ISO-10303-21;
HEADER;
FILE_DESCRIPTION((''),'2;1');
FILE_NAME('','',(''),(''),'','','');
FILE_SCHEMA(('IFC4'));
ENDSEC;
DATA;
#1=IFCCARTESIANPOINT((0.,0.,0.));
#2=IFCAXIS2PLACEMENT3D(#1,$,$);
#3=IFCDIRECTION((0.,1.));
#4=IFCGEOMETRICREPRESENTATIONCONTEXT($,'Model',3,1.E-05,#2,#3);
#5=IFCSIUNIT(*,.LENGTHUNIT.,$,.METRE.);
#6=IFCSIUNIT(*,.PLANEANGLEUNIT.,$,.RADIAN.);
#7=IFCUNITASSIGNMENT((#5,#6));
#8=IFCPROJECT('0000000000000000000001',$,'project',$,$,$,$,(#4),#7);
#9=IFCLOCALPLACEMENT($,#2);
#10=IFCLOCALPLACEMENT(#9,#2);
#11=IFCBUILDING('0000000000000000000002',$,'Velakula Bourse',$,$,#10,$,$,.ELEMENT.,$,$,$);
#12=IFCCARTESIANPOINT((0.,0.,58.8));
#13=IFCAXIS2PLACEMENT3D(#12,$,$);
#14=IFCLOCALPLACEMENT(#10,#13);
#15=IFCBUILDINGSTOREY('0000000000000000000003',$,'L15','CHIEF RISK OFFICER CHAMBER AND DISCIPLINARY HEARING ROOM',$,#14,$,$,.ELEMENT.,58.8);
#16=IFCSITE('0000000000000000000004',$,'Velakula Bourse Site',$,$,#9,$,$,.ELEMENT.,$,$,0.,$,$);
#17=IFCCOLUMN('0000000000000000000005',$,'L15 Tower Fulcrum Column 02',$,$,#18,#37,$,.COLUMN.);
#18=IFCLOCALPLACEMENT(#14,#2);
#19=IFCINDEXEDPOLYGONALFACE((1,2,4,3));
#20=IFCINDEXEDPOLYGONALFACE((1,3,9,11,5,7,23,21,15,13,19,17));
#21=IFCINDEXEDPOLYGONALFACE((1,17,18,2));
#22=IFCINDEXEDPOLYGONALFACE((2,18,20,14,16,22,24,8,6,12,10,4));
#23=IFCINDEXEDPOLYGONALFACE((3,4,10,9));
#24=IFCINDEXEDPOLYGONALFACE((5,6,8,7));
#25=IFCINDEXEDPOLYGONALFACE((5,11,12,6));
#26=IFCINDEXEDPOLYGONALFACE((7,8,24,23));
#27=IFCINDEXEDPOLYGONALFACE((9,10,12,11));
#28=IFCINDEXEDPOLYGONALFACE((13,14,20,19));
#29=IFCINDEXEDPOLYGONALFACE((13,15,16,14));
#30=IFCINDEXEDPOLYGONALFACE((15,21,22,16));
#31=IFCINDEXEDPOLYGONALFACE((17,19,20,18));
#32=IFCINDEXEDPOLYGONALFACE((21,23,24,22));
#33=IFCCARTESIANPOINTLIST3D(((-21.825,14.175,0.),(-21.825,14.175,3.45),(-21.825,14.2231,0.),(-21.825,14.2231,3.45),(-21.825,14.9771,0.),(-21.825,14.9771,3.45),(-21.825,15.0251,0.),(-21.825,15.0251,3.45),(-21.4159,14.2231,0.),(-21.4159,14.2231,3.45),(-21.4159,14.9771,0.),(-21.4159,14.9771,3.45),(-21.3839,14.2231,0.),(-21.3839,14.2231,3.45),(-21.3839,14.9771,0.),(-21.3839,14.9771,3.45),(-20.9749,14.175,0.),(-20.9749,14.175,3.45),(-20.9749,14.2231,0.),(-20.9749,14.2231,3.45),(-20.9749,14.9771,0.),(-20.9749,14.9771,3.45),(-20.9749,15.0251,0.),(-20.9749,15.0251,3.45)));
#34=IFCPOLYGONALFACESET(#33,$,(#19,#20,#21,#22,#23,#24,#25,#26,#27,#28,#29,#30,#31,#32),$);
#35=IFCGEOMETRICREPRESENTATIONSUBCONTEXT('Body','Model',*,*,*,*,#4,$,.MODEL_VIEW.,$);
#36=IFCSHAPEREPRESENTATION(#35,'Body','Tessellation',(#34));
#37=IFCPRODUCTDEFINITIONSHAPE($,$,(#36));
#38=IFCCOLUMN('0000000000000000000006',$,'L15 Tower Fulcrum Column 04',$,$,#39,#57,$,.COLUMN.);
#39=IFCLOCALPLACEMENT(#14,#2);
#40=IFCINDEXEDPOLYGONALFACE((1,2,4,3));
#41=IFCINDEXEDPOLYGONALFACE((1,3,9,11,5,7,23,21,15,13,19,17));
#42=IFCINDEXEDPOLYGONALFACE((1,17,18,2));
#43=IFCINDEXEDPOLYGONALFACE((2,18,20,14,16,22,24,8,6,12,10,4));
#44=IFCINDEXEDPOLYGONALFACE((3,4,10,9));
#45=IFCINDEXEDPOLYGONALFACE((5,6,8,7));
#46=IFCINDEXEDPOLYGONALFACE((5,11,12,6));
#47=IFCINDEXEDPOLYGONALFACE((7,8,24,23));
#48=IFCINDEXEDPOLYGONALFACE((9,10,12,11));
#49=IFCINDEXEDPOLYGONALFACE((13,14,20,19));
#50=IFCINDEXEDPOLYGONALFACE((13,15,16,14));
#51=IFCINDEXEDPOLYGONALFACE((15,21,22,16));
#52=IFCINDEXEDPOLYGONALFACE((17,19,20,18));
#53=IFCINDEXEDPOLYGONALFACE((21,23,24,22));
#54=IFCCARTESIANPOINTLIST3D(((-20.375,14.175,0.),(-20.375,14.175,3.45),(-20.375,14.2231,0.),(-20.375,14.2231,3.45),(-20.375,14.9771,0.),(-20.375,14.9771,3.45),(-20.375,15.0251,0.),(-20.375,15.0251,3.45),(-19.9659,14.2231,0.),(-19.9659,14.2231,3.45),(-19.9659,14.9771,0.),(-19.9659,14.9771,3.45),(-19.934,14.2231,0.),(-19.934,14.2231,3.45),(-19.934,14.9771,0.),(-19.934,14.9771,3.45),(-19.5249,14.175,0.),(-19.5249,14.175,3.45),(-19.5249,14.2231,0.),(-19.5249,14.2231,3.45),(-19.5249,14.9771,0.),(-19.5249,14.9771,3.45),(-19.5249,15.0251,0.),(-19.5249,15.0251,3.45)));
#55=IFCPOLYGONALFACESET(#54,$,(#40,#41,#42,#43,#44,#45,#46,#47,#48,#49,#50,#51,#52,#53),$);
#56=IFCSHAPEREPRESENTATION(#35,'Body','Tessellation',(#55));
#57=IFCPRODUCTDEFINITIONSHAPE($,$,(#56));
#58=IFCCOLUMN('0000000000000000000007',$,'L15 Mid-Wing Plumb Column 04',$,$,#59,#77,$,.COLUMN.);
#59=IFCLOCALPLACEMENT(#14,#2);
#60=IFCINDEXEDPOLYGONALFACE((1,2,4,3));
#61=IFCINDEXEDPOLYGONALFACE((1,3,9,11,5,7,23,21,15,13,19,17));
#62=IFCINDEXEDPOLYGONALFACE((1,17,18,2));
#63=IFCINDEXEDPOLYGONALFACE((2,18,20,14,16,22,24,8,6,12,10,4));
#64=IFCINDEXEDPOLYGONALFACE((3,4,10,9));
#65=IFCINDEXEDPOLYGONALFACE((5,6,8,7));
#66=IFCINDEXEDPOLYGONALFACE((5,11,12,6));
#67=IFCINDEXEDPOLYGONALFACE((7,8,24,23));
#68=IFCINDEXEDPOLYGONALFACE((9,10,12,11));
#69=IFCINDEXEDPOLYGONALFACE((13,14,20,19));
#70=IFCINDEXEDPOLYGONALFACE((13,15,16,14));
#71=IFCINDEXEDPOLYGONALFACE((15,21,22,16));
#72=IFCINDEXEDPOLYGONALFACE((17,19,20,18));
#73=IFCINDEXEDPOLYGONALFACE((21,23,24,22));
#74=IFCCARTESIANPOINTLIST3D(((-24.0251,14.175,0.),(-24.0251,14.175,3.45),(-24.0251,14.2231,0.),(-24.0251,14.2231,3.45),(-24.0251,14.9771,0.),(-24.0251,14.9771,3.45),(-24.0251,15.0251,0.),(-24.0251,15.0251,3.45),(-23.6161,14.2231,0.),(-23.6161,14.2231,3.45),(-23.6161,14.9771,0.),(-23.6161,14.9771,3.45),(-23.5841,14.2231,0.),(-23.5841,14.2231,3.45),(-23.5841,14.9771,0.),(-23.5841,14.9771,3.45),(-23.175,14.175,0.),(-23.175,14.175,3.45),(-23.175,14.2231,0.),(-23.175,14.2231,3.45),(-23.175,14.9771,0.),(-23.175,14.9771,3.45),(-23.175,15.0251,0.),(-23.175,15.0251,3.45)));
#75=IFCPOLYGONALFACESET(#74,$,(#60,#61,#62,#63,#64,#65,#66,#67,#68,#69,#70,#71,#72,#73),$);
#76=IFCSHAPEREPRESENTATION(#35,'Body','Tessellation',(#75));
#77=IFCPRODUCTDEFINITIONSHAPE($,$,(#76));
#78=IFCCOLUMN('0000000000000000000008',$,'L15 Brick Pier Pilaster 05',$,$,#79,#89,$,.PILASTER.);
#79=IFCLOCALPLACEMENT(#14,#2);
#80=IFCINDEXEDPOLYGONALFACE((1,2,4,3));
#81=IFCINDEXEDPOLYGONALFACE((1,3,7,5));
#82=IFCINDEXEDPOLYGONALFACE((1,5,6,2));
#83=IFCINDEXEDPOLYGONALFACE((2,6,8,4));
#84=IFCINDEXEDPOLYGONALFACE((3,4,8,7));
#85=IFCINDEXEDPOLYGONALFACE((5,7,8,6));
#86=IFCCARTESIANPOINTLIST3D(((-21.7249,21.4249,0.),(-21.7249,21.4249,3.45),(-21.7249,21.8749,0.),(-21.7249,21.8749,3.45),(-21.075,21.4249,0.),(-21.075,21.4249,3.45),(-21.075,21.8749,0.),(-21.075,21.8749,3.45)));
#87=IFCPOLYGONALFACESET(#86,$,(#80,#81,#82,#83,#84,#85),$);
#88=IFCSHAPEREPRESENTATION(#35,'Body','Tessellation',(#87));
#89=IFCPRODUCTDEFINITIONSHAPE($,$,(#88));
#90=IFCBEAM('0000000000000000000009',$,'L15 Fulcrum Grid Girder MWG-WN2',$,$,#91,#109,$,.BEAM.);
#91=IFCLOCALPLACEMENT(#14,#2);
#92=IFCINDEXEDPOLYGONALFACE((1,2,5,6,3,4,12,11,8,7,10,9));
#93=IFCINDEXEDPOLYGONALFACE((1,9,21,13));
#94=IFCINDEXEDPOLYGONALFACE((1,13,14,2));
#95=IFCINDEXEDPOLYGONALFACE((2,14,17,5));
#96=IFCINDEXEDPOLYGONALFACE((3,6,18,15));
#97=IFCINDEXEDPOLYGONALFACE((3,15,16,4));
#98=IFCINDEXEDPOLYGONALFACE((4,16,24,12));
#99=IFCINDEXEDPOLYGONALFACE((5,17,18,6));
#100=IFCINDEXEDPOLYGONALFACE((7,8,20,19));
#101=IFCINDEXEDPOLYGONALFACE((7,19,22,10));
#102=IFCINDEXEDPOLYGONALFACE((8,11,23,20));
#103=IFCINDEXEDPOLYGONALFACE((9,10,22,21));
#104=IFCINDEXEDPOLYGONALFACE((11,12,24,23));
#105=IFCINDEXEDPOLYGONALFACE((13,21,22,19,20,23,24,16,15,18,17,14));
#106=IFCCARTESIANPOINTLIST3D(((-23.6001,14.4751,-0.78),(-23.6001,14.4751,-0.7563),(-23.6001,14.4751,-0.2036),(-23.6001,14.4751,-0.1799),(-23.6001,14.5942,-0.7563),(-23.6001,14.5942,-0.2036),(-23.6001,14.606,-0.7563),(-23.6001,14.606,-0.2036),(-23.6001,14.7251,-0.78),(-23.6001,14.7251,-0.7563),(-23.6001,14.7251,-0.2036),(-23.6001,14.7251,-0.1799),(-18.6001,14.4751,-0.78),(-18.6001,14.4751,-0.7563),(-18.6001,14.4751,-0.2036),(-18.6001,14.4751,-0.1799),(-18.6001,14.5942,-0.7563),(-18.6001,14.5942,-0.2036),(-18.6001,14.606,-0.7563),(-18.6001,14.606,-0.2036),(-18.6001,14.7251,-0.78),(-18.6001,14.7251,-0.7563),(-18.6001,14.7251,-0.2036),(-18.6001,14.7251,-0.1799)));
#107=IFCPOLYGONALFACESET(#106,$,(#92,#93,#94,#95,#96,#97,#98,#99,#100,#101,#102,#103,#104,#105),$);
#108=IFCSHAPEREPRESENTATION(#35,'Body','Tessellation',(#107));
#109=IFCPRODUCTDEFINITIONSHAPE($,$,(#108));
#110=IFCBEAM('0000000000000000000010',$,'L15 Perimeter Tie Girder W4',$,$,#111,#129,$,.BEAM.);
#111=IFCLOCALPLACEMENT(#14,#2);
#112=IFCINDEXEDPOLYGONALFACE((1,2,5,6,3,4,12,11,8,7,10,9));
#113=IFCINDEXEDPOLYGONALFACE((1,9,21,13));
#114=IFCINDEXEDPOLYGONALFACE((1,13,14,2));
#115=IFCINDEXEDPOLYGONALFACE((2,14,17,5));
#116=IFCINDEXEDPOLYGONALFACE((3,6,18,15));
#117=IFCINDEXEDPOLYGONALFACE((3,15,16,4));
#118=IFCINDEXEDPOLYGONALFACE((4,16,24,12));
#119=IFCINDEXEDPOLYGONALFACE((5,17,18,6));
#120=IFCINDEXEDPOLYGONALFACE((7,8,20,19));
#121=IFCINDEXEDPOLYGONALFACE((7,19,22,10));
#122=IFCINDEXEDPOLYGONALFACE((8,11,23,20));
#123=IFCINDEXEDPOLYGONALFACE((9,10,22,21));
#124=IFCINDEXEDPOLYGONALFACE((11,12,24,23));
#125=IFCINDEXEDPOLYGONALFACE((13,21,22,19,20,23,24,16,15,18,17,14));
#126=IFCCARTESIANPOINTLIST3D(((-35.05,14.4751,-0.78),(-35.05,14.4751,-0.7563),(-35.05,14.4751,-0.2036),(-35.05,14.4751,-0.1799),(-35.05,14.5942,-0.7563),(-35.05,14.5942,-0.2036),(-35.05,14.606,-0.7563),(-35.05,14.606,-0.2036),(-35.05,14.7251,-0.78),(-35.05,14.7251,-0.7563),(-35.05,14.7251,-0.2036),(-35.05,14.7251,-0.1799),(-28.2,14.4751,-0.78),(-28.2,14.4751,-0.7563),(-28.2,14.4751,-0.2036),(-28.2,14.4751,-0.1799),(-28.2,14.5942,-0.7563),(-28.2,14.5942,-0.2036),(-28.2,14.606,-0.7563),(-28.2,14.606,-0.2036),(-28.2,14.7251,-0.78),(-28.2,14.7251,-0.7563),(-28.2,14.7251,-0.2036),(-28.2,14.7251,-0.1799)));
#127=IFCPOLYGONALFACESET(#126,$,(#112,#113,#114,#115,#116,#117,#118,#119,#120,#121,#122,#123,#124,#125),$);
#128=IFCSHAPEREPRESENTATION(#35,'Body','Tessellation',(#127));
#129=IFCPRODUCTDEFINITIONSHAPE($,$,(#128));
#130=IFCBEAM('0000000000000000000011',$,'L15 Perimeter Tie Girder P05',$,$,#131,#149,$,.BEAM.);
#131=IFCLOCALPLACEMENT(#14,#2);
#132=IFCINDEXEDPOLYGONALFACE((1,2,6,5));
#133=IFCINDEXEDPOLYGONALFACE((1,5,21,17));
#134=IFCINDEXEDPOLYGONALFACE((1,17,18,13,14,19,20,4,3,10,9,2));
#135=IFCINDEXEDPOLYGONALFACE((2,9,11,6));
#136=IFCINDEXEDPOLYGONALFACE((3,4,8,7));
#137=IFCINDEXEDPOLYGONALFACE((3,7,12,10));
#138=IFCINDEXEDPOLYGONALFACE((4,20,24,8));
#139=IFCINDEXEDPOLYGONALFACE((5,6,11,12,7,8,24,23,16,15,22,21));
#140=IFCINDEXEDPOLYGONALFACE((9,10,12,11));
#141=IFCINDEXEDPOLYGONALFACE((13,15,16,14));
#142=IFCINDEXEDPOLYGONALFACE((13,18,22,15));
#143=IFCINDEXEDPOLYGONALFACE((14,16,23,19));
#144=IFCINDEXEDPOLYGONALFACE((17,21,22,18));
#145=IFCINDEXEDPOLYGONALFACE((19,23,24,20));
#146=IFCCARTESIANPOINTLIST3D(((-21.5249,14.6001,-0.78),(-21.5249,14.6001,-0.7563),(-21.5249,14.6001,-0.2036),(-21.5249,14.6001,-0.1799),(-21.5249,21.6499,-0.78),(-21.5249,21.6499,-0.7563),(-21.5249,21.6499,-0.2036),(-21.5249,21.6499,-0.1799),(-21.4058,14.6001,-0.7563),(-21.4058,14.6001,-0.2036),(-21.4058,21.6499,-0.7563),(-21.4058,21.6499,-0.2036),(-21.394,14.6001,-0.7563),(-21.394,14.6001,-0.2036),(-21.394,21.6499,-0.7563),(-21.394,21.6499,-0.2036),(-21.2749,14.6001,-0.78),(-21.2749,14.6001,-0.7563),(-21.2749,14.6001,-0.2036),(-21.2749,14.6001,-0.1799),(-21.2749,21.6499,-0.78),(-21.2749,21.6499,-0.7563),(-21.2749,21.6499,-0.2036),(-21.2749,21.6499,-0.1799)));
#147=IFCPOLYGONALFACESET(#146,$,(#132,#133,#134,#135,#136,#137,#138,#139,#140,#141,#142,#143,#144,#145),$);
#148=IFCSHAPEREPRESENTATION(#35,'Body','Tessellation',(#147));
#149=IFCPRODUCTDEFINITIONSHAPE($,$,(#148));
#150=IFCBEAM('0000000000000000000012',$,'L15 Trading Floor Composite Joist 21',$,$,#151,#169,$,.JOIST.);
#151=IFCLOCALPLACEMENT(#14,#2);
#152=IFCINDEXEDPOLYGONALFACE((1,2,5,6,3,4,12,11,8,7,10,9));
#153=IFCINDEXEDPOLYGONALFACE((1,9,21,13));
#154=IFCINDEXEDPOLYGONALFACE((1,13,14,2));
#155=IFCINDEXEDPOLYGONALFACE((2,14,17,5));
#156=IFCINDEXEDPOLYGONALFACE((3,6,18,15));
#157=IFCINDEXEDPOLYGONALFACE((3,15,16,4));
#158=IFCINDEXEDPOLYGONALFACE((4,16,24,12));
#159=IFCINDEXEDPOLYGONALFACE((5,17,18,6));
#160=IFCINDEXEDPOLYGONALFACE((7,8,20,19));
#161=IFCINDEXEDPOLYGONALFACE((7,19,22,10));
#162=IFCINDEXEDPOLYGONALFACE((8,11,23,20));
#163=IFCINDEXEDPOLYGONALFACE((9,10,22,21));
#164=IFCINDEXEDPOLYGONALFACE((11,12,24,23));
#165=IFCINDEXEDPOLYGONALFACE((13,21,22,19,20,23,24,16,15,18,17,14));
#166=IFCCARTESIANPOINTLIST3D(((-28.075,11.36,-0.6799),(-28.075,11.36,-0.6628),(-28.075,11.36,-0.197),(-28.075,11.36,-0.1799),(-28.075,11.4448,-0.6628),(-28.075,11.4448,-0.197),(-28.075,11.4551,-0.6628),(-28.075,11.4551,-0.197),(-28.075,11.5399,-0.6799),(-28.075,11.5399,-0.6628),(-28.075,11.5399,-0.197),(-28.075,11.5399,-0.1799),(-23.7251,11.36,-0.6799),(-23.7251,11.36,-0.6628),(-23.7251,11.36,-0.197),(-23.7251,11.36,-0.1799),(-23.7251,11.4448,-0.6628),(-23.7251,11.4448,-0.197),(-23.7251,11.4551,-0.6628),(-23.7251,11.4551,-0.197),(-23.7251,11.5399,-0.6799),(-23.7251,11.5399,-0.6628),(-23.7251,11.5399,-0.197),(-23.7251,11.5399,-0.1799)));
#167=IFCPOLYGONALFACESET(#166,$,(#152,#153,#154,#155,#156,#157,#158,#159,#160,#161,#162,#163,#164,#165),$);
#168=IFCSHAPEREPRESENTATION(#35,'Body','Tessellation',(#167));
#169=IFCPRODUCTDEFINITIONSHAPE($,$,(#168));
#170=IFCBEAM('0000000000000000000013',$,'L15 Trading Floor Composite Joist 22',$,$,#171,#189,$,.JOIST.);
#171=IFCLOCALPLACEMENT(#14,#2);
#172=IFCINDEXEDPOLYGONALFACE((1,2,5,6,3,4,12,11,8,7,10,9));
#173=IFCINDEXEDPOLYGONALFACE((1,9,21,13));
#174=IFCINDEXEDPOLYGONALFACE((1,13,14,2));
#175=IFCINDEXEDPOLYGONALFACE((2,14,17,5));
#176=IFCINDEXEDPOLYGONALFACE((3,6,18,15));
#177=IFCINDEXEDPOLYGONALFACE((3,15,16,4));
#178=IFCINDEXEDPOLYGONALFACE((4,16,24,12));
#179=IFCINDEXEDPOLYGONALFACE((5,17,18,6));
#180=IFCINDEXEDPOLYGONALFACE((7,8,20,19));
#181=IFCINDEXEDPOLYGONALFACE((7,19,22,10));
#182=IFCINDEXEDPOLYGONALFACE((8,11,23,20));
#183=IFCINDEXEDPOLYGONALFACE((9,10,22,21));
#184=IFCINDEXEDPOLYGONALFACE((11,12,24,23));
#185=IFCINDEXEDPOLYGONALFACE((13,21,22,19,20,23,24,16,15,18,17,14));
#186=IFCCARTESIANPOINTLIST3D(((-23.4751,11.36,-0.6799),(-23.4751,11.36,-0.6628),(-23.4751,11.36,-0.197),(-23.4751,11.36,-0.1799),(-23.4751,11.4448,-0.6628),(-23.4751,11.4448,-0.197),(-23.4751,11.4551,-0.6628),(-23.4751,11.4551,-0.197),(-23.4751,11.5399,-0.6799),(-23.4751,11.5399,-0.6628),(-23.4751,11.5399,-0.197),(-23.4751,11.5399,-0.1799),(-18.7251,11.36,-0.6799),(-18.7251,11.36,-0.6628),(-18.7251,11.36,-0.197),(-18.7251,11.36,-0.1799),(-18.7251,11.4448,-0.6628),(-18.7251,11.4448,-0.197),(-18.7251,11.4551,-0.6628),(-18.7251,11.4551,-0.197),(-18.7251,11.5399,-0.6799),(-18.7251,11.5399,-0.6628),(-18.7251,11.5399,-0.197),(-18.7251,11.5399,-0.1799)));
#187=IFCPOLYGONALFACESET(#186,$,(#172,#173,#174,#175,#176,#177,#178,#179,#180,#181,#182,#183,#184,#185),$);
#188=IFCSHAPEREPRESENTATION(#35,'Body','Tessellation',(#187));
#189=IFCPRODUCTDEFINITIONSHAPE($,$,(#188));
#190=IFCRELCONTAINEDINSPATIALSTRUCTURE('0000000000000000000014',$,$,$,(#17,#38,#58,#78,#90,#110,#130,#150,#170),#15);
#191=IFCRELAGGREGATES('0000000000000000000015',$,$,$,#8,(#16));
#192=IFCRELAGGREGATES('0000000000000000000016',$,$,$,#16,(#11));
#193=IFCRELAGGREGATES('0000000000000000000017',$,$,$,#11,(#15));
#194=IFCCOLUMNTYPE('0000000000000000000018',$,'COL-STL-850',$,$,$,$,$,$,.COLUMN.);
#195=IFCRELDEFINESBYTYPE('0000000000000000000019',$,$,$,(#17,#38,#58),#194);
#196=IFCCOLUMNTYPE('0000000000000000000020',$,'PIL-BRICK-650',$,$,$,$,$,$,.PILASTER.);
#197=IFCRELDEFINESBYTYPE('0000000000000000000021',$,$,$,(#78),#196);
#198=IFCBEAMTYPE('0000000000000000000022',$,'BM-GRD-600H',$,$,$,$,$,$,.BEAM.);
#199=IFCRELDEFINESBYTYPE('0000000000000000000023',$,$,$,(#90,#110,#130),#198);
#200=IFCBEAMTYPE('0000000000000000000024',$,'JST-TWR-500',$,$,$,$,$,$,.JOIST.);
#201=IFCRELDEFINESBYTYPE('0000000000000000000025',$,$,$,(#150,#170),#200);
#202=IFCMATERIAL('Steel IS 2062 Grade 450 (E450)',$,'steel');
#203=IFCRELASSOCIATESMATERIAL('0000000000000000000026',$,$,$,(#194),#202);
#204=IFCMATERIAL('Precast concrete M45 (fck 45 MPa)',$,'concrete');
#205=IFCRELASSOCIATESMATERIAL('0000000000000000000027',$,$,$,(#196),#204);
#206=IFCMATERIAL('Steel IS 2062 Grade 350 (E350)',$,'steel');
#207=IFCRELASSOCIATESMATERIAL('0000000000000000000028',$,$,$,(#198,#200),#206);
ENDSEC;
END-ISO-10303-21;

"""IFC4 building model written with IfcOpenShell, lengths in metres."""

from ifc_helpers import new_model, si_unit, direction, frame, origin, origin_2d, place, context, subcontext, project, spatial, rectangle, i_section, extrude, material, material_profile, profile_set, type_object, element, save


model = new_model("IFC4")

# Units and contexts
model_context = context("Model", 3, precision=1e-05, world=origin(), true_north=direction((0.0, 1.0)))
body_context = subcontext(model_context, "Body", "Model", "MODEL_VIEW")
ifc_project = project(units=[si_unit("LENGTHUNIT", "METRE"), si_unit("PLANEANGLEUNIT", "RADIAN")], contexts=[model_context])

# Site, building, storey
site_placement = place(None, origin())
site = spatial("IfcSite", under=ifc_project, at=site_placement, Name="Velakula Bourse Site", CompositionType="ELEMENT", RefElevation=0.0)
building_placement = place(site_placement, origin())
building = spatial("IfcBuilding", under=site, at=building_placement, Name="Velakula Bourse", CompositionType="ELEMENT")
storey_placement = place(building_placement, frame((0.0, 0.0, 58.8)))
storey = spatial("IfcBuildingStorey", under=building, at=storey_placement, Name="L15", Description="CHIEF RISK OFFICER CHAMBER AND DISCIPLINARY HEARING ROOM", CompositionType="ELEMENT", Elevation=58.8)

# Columns
ifc_material_1 = material(Name="Steel IS 2062 Grade 450 (E450)", Category="steel")
ifc_material_profile_1 = material_profile(ifc_material_1, i_section(OverallWidth=0.8501, OverallDepth=0.8501, WebThickness=0.032, FlangeThickness=0.0481, at=origin_2d()), Name="Steel IS 2062 Grade 450 (E450)")
ifc_profile_set_1 = profile_set([ifc_material_profile_1], Name="Steel IS 2062 Grade 450 (E450)")
column_type_1 = type_object("IfcColumnType", Name="COL-STL-850", PredefinedType="COLUMN", material=ifc_profile_set_1)
for number, where, z_axis, x_axis, name in (
    (1, (-21.3999, 14.6001, 0.0), (0.0, 0.0, 1.0), (1.0, 0.0, 0.0), "L15 Tower Fulcrum Column 02"),
    (2, (-19.95, 14.6001, 0.0), (0.0, 0.0, 1.0), (1.0, 0.0, 0.0), "L15 Tower Fulcrum Column 04"),
    (3, (-23.6001, 14.6001, 0.0), (0.0, 0.0, 1.0), (1.0, 0.0, 0.0), "L15 Mid-Wing Plumb Column 04"),
):
    element("IfcColumn", number, at=place(storey_placement, frame(where, z_axis=z_axis, x_axis=x_axis)), inside=storey, type_object=column_type_1, Name=name, PredefinedType="COLUMN", context=body_context, shape_type="SweptSolid", body=[
        extrude(i_section(OverallWidth=0.8501, OverallDepth=0.8501, WebThickness=0.032, FlangeThickness=0.0481, at=origin_2d()), origin(), (0.0, 0.0, 1.0), 3.45),
    ])
ifc_material_2 = material(Name="Precast concrete M45 (fck 45 MPa)", Category="concrete")
ifc_material_profile_2 = material_profile(ifc_material_2, rectangle(XDim=0.6499, YDim=0.45, at=origin_2d()), Name="Precast concrete M45 (fck 45 MPa)")
ifc_profile_set_2 = profile_set([ifc_material_profile_2], Name="Precast concrete M45 (fck 45 MPa)")
column_type_2 = type_object("IfcColumnType", Name="PIL-BRICK-650", PredefinedType="PILASTER", material=ifc_profile_set_2)
column_placement = place(storey_placement, frame((-21.3999, 21.6499, 0.0), z_axis=(0.0, 0.0, 1.0), x_axis=(1.0, 0.0, 0.0)))
element("IfcColumn", 4, at=column_placement, inside=storey, type_object=column_type_2, Name="L15 Brick Pier Pilaster 05", PredefinedType="PILASTER", context=body_context, shape_type="SweptSolid", body=[
    extrude(rectangle(XDim=0.6499, YDim=0.45, at=origin_2d()), origin(), (0.0, 0.0, 1.0), 3.45),
])

# Beams
ifc_material_3 = material(Name="Steel IS 2062 Grade 350 (E350)", Category="steel")
ifc_material_profile_3 = material_profile(ifc_material_3, i_section(OverallWidth=0.25, OverallDepth=0.6001, WebThickness=0.0117, FlangeThickness=0.0237, at=origin_2d()), Name="Steel IS 2062 Grade 350 (E350)")
ifc_profile_set_3 = profile_set([ifc_material_profile_3], Name="Steel IS 2062 Grade 350 (E350)")
beam_type_1 = type_object("IfcBeamType", Name="BM-GRD-600H", PredefinedType="BEAM", material=ifc_profile_set_3)
beam_1_placement = place(storey_placement, frame((-23.6001, 14.6001, -0.48), z_axis=(1.0, 0.0, 0.0), x_axis=(0.0, 1.0, 0.0)))
element("IfcBeam", 5, at=beam_1_placement, inside=storey, type_object=beam_type_1, Name="L15 Fulcrum Grid Girder MWG-WN2", PredefinedType="BEAM", context=body_context, shape_type="SweptSolid", body=[
    extrude(i_section(OverallWidth=0.25, OverallDepth=0.6001, WebThickness=0.0117, FlangeThickness=0.0237, at=origin_2d()), origin(), (0.0, 0.0, 1.0), 5.0),
])
beam_2_placement = place(storey_placement, frame((-28.2, 14.6001, -0.48), z_axis=(-1.0, 0.0, 0.0), x_axis=(0.0, -1.0, 0.0)))
element("IfcBeam", 6, at=beam_2_placement, inside=storey, type_object=beam_type_1, Name="L15 Perimeter Tie Girder W4", PredefinedType="BEAM", context=body_context, shape_type="SweptSolid", body=[
    extrude(i_section(OverallWidth=0.25, OverallDepth=0.6001, WebThickness=0.0117, FlangeThickness=0.0237, at=origin_2d()), origin(), (0.0, 0.0, 1.0), 6.8501),
])
beam_3_placement = place(storey_placement, frame((-21.3999, 14.6001, -0.48), z_axis=(0.0, 1.0, 0.0), x_axis=(-1.0, 0.0, 0.0)))
element("IfcBeam", 7, at=beam_3_placement, inside=storey, type_object=beam_type_1, Name="L15 Perimeter Tie Girder P05", PredefinedType="BEAM", context=body_context, shape_type="SweptSolid", body=[
    extrude(i_section(OverallWidth=0.25, OverallDepth=0.6001, WebThickness=0.0117, FlangeThickness=0.0237, at=origin_2d()), origin(), (0.0, 0.0, 1.0), 7.0498),
])
ifc_material_profile_4 = material_profile(ifc_material_3, i_section(OverallWidth=0.1799, OverallDepth=0.5, WebThickness=0.0103, FlangeThickness=0.0171, at=origin_2d()), Name="Steel IS 2062 Grade 350 (E350)")
ifc_profile_set_4 = profile_set([ifc_material_profile_4], Name="Steel IS 2062 Grade 350 (E350)")
beam_type_2 = type_object("IfcBeamType", Name="JST-TWR-500", PredefinedType="JOIST", material=ifc_profile_set_4)
beam_4_placement = place(storey_placement, frame((-28.075, 11.45, -0.4299), z_axis=(1.0, 0.0, 0.0), x_axis=(0.0, 1.0, 0.0)))
element("IfcBeam", 8, at=beam_4_placement, inside=storey, type_object=beam_type_2, Name="L15 Trading Floor Composite Joist 21", PredefinedType="JOIST", context=body_context, shape_type="SweptSolid", body=[
    extrude(i_section(OverallWidth=0.1799, OverallDepth=0.5, WebThickness=0.0103, FlangeThickness=0.0171, at=origin_2d()), origin(), (0.0, 0.0, 1.0), 4.3499),
])
beam_5_placement = place(storey_placement, frame((-23.4751, 11.45, -0.4299), z_axis=(1.0, 0.0, 0.0), x_axis=(0.0, 1.0, 0.0)))
element("IfcBeam", 9, at=beam_5_placement, inside=storey, type_object=beam_type_2, Name="L15 Trading Floor Composite Joist 22", PredefinedType="JOIST", context=body_context, shape_type="SweptSolid", body=[
    extrude(i_section(OverallWidth=0.1799, OverallDepth=0.5, WebThickness=0.0103, FlangeThickness=0.0171, at=origin_2d()), origin(), (0.0, 0.0, 1.0), 4.75),
])

save(model, "model.ifc")
